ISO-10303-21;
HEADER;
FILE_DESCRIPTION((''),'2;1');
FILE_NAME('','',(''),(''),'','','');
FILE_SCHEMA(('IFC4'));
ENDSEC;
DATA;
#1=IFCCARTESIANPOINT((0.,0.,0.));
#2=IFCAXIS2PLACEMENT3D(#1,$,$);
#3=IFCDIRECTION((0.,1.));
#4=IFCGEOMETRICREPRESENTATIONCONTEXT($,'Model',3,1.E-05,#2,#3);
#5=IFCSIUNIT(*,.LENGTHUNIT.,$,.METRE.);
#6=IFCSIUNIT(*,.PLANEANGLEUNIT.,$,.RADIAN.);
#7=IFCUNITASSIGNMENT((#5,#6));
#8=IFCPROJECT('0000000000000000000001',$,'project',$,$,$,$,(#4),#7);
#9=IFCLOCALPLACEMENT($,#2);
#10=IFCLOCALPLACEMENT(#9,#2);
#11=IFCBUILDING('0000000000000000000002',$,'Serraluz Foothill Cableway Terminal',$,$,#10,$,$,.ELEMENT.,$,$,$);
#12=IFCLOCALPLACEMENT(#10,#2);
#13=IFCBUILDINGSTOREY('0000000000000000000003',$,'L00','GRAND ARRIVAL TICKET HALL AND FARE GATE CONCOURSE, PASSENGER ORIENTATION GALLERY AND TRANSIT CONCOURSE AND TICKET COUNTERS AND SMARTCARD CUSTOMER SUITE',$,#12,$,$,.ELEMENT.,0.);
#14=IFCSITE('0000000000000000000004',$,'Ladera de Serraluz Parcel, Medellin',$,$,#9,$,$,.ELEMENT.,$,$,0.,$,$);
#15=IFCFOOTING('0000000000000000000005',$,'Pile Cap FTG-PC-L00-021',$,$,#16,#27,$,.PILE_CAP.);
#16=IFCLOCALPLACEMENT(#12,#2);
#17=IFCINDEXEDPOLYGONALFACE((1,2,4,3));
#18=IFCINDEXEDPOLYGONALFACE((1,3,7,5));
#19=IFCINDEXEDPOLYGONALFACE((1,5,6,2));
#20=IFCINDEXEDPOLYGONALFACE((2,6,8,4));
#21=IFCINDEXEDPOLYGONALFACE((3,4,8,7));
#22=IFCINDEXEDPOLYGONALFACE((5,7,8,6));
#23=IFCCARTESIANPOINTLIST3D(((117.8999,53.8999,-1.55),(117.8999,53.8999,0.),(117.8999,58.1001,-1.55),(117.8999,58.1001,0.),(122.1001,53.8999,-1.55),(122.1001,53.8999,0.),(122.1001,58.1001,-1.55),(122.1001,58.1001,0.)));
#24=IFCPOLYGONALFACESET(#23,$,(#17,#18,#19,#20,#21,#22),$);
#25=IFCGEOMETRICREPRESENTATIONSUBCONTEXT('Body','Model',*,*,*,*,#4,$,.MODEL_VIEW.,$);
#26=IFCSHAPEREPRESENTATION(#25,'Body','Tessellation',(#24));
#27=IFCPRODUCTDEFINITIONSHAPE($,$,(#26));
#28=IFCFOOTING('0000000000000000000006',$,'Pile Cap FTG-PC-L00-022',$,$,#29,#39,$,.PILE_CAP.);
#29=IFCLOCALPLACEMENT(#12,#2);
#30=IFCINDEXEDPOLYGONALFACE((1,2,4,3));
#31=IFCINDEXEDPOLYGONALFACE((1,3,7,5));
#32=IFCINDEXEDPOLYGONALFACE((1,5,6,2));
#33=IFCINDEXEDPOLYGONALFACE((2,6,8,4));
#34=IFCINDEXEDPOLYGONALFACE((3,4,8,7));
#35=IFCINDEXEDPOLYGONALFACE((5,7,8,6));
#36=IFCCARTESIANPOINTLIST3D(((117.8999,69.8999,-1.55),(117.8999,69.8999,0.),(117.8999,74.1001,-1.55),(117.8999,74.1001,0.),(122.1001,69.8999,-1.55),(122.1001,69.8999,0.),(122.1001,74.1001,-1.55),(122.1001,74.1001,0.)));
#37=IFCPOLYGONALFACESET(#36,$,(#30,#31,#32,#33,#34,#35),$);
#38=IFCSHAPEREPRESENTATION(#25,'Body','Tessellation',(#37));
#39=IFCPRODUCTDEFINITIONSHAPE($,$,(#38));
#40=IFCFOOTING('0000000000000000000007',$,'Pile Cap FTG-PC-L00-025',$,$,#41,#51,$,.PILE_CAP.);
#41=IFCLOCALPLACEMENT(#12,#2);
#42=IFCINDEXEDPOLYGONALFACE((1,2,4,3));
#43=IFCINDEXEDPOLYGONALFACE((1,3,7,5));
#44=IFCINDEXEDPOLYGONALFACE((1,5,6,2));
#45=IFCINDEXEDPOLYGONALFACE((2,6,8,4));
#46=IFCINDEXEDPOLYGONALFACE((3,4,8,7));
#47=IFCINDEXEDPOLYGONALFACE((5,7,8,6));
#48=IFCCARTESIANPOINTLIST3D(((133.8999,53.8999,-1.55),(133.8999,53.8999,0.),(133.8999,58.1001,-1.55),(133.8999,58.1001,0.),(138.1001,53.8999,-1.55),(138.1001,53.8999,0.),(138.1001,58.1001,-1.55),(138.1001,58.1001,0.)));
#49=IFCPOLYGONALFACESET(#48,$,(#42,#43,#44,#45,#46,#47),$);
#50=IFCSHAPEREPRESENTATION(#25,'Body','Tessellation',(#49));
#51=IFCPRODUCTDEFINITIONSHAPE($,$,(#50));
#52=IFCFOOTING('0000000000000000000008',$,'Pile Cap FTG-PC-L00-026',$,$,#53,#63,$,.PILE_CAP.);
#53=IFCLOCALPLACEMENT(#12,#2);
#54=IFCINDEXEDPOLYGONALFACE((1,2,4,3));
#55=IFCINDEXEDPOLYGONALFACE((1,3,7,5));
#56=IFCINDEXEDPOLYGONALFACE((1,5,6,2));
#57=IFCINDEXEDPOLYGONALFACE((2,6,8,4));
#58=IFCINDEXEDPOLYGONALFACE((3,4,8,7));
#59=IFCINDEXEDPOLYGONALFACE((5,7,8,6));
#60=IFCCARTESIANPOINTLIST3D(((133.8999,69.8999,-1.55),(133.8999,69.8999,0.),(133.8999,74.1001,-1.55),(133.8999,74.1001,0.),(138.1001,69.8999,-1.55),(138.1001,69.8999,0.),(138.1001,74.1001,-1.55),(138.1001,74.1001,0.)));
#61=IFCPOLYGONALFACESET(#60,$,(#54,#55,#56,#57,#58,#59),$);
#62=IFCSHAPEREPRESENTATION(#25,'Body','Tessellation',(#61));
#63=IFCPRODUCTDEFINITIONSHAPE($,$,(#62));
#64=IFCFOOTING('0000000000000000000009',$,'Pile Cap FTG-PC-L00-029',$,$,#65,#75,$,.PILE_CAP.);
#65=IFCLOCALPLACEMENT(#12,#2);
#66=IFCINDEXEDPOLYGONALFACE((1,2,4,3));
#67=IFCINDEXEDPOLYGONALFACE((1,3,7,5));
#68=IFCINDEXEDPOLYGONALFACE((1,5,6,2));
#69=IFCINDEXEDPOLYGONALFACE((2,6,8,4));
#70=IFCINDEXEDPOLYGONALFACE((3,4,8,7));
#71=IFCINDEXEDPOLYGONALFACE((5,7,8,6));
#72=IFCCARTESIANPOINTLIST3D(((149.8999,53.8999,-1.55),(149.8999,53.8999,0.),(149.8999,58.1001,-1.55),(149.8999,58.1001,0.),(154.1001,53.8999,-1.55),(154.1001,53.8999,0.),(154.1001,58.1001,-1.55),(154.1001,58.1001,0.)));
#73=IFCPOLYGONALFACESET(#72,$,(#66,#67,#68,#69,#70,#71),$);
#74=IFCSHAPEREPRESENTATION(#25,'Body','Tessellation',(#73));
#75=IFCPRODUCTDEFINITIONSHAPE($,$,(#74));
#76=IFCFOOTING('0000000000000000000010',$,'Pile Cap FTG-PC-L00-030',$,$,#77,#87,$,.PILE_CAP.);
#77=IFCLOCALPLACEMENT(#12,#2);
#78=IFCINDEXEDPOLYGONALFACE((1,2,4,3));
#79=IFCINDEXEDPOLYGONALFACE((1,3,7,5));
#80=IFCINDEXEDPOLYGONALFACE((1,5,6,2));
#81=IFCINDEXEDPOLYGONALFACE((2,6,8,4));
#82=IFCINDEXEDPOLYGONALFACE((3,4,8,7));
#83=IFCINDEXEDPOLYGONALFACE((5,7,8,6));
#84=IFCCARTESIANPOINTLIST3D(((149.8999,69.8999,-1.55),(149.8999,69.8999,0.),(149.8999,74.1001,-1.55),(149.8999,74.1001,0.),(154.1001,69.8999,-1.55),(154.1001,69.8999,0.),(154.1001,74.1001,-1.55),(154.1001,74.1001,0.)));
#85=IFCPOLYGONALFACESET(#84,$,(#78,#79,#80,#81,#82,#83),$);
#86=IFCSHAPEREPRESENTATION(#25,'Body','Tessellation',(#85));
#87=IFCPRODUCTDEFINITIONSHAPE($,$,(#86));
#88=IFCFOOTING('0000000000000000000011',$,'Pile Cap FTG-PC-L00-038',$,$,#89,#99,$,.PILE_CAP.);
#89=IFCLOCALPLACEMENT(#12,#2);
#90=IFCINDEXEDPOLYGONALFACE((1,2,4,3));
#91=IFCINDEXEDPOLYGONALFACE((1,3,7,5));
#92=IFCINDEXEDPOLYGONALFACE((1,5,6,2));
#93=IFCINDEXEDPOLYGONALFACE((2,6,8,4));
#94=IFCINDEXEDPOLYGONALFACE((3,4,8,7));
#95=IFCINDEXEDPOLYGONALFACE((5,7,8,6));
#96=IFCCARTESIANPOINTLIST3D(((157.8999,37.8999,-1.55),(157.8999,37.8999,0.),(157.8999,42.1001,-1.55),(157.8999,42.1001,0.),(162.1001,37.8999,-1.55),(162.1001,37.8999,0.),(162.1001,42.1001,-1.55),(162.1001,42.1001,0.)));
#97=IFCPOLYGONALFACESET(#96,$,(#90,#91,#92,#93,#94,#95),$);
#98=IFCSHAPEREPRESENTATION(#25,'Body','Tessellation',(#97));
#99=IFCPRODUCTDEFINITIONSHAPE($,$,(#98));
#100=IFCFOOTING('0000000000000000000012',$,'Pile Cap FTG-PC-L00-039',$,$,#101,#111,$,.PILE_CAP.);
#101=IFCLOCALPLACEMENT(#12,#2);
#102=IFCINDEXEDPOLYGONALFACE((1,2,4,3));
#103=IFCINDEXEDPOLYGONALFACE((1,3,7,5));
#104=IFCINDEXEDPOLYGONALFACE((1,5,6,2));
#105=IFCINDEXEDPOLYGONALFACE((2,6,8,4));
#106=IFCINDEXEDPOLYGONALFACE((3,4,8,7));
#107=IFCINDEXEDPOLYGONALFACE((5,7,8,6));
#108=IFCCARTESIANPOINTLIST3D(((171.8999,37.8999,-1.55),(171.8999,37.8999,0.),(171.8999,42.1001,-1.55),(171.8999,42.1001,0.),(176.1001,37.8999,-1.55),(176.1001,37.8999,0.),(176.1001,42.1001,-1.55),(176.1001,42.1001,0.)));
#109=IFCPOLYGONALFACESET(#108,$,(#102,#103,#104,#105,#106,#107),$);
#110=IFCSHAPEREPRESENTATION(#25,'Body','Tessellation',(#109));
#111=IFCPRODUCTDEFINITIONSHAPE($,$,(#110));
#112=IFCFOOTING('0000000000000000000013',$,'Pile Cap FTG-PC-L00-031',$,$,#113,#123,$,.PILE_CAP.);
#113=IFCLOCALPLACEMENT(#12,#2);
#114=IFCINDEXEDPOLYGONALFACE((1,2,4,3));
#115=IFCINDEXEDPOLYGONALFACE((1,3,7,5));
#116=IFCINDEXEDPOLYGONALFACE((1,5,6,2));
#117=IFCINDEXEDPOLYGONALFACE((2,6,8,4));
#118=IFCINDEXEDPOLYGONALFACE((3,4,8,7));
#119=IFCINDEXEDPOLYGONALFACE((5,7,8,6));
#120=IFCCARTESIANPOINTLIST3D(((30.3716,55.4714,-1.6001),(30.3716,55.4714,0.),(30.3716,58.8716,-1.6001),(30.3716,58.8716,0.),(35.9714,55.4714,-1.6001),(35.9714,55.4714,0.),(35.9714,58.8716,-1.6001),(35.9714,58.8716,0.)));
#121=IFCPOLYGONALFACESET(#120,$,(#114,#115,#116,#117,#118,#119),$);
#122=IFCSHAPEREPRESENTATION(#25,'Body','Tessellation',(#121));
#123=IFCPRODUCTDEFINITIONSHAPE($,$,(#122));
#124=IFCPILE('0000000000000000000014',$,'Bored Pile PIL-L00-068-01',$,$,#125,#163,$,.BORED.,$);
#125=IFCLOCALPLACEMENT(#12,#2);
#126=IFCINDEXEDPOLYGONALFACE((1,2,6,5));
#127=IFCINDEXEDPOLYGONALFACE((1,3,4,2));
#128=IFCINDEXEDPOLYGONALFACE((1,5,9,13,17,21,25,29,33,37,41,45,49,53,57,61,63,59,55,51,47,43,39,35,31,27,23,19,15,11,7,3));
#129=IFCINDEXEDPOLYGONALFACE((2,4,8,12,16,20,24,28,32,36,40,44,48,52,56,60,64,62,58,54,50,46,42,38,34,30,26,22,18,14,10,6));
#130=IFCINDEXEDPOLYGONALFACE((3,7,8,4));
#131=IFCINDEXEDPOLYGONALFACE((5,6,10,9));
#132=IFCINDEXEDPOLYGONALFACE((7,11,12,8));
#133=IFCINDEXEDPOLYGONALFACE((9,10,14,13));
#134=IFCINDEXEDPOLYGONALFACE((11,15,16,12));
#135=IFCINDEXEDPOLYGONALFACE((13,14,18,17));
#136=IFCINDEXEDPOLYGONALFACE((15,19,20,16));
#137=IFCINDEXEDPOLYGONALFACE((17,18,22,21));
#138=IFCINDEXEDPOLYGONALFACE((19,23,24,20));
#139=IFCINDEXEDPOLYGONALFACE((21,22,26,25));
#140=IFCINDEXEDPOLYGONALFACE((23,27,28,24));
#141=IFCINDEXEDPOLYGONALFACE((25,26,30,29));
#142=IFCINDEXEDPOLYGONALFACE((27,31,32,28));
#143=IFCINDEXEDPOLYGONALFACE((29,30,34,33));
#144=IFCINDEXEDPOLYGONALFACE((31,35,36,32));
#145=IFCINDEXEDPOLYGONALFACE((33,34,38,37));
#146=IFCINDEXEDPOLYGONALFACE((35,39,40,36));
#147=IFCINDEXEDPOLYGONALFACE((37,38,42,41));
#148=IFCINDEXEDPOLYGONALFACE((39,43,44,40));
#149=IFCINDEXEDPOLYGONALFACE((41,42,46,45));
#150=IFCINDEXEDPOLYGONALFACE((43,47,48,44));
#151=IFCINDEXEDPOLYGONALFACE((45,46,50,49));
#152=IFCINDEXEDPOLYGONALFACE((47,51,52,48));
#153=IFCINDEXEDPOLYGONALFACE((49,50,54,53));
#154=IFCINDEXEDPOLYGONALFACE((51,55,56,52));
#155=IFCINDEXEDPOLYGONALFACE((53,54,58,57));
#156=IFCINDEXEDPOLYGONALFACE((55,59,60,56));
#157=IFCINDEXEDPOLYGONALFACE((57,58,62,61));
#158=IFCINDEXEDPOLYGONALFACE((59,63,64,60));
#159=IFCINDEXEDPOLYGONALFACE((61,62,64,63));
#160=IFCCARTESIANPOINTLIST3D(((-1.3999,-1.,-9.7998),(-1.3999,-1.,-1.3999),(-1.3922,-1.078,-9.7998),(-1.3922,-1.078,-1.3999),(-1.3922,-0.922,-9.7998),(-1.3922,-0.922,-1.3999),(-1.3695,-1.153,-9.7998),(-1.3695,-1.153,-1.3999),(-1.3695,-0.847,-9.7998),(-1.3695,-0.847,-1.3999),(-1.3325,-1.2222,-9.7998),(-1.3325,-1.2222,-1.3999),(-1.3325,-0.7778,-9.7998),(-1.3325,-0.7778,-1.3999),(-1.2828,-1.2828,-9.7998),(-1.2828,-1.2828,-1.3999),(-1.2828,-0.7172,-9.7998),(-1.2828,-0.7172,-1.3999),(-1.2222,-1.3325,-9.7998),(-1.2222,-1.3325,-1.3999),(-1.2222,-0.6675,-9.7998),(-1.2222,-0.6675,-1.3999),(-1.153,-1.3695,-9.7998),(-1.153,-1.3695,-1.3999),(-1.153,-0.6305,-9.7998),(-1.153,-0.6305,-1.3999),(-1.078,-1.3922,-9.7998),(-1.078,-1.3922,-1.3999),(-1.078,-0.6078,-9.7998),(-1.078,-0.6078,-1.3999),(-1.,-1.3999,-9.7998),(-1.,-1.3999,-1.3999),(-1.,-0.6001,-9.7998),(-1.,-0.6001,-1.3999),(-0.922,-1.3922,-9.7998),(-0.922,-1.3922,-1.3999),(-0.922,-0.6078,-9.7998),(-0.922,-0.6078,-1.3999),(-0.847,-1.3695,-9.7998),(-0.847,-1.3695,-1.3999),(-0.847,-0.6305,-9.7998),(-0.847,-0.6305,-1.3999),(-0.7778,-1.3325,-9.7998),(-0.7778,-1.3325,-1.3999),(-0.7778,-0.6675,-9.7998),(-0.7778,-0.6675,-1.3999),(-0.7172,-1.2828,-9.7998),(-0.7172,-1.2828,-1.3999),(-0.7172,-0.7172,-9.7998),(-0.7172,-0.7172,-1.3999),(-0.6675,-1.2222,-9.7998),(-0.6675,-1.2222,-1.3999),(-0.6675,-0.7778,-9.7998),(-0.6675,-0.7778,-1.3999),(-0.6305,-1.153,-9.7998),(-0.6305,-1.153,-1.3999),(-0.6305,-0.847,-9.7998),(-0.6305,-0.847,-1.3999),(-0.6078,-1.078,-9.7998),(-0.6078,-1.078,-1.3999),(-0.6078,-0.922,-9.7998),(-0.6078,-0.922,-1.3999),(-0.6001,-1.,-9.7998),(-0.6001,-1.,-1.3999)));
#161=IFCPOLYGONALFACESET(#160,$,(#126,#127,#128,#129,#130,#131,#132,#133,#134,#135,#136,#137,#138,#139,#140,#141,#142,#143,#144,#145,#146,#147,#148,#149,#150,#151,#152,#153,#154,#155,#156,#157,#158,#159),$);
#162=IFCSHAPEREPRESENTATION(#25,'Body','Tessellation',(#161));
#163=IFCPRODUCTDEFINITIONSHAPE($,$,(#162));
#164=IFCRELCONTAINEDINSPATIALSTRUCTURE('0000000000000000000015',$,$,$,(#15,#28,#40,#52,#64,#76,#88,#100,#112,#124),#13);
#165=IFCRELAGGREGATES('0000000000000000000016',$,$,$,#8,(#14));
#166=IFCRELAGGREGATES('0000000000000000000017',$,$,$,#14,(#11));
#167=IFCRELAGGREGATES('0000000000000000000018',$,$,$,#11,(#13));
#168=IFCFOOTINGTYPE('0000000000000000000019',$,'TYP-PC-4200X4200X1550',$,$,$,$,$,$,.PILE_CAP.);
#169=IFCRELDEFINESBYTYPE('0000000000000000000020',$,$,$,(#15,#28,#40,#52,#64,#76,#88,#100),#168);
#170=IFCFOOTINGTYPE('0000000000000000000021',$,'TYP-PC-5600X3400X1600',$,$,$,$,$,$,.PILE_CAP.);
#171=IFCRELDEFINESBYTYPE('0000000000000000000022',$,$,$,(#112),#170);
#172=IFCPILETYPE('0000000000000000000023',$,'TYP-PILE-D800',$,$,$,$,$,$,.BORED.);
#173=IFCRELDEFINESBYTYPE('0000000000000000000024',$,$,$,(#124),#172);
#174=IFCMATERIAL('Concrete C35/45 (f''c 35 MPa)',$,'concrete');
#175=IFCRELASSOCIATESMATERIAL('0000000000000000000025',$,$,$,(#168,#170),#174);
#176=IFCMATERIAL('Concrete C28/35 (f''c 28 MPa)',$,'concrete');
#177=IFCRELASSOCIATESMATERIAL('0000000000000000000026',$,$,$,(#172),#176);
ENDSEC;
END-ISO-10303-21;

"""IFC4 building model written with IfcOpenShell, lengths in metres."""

from ifc_helpers import new_model, si_unit, direction, frame, origin, origin_2d, place, context, subcontext, project, spatial, polyline, circle, outline, extrude, material, material_profile, profile_set, type_object, element, save


model = new_model("IFC4")

# Units and contexts
model_context = context("Model", 3, precision=1e-05, world=origin(), true_north=direction((0.0, 1.0)))
body_context = subcontext(model_context, "Body", "Model", "MODEL_VIEW")
ifc_project = project(units=[si_unit("LENGTHUNIT", "METRE"), si_unit("PLANEANGLEUNIT", "RADIAN")], contexts=[model_context])

# Site, building, storey
site_placement = place(None, origin())
site = spatial("IfcSite", under=ifc_project, at=site_placement, Name="Ladera de Serraluz Parcel, Medellin", CompositionType="ELEMENT", RefElevation=0.0)
building_placement = place(site_placement, origin())
building = spatial("IfcBuilding", under=site, at=building_placement, Name="Serraluz Foothill Cableway Terminal", CompositionType="ELEMENT")
storey_placement = place(building_placement, origin())
storey = spatial("IfcBuildingStorey", under=building, at=storey_placement, Name="L00", Description="GRAND ARRIVAL TICKET HALL AND FARE GATE CONCOURSE, PASSENGER ORIENTATION GALLERY AND TRANSIT CONCOURSE AND TICKET COUNTERS AND SMARTCARD CUSTOMER SUITE", CompositionType="ELEMENT", Elevation=0.0)

# Footings
ifc_material_1 = material(Name="Concrete C35/45 (f'c 35 MPa)", Category="concrete")
footing_type_1 = type_object("IfcFootingType", Name="TYP-PC-4200X4200X1550", PredefinedType="PILE_CAP", material=ifc_material_1)
footing_1_placement = place(storey_placement, frame((0.0, 0.0, -1.55)))
element("IfcFooting", 1, at=footing_1_placement, inside=storey, type_object=footing_type_1, Name="Pile Cap FTG-PC-L00-021", PredefinedType="PILE_CAP", context=body_context, shape_type="SweptSolid", body=[
    extrude(outline(polyline([(117.8999, 53.8999), (122.1001, 53.8999), (122.1001, 58.1001), (117.8999, 58.1001), (117.8999, 53.8999)])), origin(), (0.0, 0.0, 1.0), 1.55),
])
footing_2_placement = place(storey_placement, frame((0.0, 0.0, -1.55)))
element("IfcFooting", 2, at=footing_2_placement, inside=storey, type_object=footing_type_1, Name="Pile Cap FTG-PC-L00-022", PredefinedType="PILE_CAP", context=body_context, shape_type="SweptSolid", body=[
    extrude(outline(polyline([(117.8999, 69.8999), (122.1001, 69.8999), (122.1001, 74.1001), (117.8999, 74.1001), (117.8999, 69.8999)])), origin(), (0.0, 0.0, 1.0), 1.55),
])
footing_3_placement = place(storey_placement, frame((0.0, 0.0, -1.55)))
element("IfcFooting", 3, at=footing_3_placement, inside=storey, type_object=footing_type_1, Name="Pile Cap FTG-PC-L00-025", PredefinedType="PILE_CAP", context=body_context, shape_type="SweptSolid", body=[
    extrude(outline(polyline([(133.8999, 53.8999), (138.1001, 53.8999), (138.1001, 58.1001), (133.8999, 58.1001), (133.8999, 53.8999)])), origin(), (0.0, 0.0, 1.0), 1.55),
])
footing_4_placement = place(storey_placement, frame((0.0, 0.0, -1.55)))
element("IfcFooting", 4, at=footing_4_placement, inside=storey, type_object=footing_type_1, Name="Pile Cap FTG-PC-L00-026", PredefinedType="PILE_CAP", context=body_context, shape_type="SweptSolid", body=[
    extrude(outline(polyline([(133.8999, 69.8999), (138.1001, 69.8999), (138.1001, 74.1001), (133.8999, 74.1001), (133.8999, 69.8999)])), origin(), (0.0, 0.0, 1.0), 1.55),
])
footing_5_placement = place(storey_placement, frame((0.0, 0.0, -1.55)))
element("IfcFooting", 5, at=footing_5_placement, inside=storey, type_object=footing_type_1, Name="Pile Cap FTG-PC-L00-029", PredefinedType="PILE_CAP", context=body_context, shape_type="SweptSolid", body=[
    extrude(outline(polyline([(149.8999, 53.8999), (154.1001, 53.8999), (154.1001, 58.1001), (149.8999, 58.1001), (149.8999, 53.8999)])), origin(), (0.0, 0.0, 1.0), 1.55),
])
footing_6_placement = place(storey_placement, frame((0.0, 0.0, -1.55)))
element("IfcFooting", 6, at=footing_6_placement, inside=storey, type_object=footing_type_1, Name="Pile Cap FTG-PC-L00-030", PredefinedType="PILE_CAP", context=body_context, shape_type="SweptSolid", body=[
    extrude(outline(polyline([(149.8999, 69.8999), (154.1001, 69.8999), (154.1001, 74.1001), (149.8999, 74.1001), (149.8999, 69.8999)])), origin(), (0.0, 0.0, 1.0), 1.55),
])
footing_7_placement = place(storey_placement, frame((0.0, 0.0, -1.55)))
element("IfcFooting", 7, at=footing_7_placement, inside=storey, type_object=footing_type_1, Name="Pile Cap FTG-PC-L00-038", PredefinedType="PILE_CAP", context=body_context, shape_type="SweptSolid", body=[
    extrude(outline(polyline([(157.8999, 37.8999), (162.1001, 37.8999), (162.1001, 42.1001), (157.8999, 42.1001), (157.8999, 37.8999)])), origin(), (0.0, 0.0, 1.0), 1.55),
])
footing_8_placement = place(storey_placement, frame((0.0, 0.0, -1.55)))
element("IfcFooting", 8, at=footing_8_placement, inside=storey, type_object=footing_type_1, Name="Pile Cap FTG-PC-L00-039", PredefinedType="PILE_CAP", context=body_context, shape_type="SweptSolid", body=[
    extrude(outline(polyline([(171.8999, 37.8999), (176.1001, 37.8999), (176.1001, 42.1001), (171.8999, 42.1001), (171.8999, 37.8999)])), origin(), (0.0, 0.0, 1.0), 1.55),
])
footing_type_2 = type_object("IfcFootingType", Name="TYP-PC-5600X3400X1600", PredefinedType="PILE_CAP", material=ifc_material_1)
footing_9_placement = place(storey_placement, frame((0.0, 0.0, -1.6001)))
element("IfcFooting", 9, at=footing_9_placement, inside=storey, type_object=footing_type_2, Name="Pile Cap FTG-PC-L00-031", PredefinedType="PILE_CAP", context=body_context, shape_type="SweptSolid", body=[
    extrude(outline(polyline([(30.3716, 55.4714), (35.9714, 55.4714), (35.9714, 58.8716), (30.3716, 58.8716), (30.3716, 55.4714)])), origin(), (0.0, 0.0, 1.0), 1.6001),
])

# Pile
ifc_material_2 = material(Name="Concrete C28/35 (f'c 28 MPa)", Category="concrete")
ifc_material_profile = material_profile(ifc_material_2, circle(Radius=0.3999, at=origin_2d()), Name="BORED PILE D800")
ifc_profile_set = profile_set([ifc_material_profile], Name="Concrete C28/35 (f'c 28 MPa)")
pile_type = type_object("IfcPileType", Name="TYP-PILE-D800", PredefinedType="BORED", material=ifc_profile_set)
pile_placement = place(storey_placement, frame((-1.0, -1.0, -1.3999), z_axis=(0.0, 0.0, -1.0), x_axis=(1.0, 0.0, 0.0)))
element("IfcPile", 10, at=pile_placement, inside=storey, type_object=pile_type, Name="Bored Pile PIL-L00-068-01", PredefinedType="BORED", context=body_context, shape_type="SweptSolid", body=[
    extrude(circle(Radius=0.3999, at=origin_2d()), origin(), (0.0, 0.0, 1.0), 8.3999),
])

save(model, "model.ifc")
